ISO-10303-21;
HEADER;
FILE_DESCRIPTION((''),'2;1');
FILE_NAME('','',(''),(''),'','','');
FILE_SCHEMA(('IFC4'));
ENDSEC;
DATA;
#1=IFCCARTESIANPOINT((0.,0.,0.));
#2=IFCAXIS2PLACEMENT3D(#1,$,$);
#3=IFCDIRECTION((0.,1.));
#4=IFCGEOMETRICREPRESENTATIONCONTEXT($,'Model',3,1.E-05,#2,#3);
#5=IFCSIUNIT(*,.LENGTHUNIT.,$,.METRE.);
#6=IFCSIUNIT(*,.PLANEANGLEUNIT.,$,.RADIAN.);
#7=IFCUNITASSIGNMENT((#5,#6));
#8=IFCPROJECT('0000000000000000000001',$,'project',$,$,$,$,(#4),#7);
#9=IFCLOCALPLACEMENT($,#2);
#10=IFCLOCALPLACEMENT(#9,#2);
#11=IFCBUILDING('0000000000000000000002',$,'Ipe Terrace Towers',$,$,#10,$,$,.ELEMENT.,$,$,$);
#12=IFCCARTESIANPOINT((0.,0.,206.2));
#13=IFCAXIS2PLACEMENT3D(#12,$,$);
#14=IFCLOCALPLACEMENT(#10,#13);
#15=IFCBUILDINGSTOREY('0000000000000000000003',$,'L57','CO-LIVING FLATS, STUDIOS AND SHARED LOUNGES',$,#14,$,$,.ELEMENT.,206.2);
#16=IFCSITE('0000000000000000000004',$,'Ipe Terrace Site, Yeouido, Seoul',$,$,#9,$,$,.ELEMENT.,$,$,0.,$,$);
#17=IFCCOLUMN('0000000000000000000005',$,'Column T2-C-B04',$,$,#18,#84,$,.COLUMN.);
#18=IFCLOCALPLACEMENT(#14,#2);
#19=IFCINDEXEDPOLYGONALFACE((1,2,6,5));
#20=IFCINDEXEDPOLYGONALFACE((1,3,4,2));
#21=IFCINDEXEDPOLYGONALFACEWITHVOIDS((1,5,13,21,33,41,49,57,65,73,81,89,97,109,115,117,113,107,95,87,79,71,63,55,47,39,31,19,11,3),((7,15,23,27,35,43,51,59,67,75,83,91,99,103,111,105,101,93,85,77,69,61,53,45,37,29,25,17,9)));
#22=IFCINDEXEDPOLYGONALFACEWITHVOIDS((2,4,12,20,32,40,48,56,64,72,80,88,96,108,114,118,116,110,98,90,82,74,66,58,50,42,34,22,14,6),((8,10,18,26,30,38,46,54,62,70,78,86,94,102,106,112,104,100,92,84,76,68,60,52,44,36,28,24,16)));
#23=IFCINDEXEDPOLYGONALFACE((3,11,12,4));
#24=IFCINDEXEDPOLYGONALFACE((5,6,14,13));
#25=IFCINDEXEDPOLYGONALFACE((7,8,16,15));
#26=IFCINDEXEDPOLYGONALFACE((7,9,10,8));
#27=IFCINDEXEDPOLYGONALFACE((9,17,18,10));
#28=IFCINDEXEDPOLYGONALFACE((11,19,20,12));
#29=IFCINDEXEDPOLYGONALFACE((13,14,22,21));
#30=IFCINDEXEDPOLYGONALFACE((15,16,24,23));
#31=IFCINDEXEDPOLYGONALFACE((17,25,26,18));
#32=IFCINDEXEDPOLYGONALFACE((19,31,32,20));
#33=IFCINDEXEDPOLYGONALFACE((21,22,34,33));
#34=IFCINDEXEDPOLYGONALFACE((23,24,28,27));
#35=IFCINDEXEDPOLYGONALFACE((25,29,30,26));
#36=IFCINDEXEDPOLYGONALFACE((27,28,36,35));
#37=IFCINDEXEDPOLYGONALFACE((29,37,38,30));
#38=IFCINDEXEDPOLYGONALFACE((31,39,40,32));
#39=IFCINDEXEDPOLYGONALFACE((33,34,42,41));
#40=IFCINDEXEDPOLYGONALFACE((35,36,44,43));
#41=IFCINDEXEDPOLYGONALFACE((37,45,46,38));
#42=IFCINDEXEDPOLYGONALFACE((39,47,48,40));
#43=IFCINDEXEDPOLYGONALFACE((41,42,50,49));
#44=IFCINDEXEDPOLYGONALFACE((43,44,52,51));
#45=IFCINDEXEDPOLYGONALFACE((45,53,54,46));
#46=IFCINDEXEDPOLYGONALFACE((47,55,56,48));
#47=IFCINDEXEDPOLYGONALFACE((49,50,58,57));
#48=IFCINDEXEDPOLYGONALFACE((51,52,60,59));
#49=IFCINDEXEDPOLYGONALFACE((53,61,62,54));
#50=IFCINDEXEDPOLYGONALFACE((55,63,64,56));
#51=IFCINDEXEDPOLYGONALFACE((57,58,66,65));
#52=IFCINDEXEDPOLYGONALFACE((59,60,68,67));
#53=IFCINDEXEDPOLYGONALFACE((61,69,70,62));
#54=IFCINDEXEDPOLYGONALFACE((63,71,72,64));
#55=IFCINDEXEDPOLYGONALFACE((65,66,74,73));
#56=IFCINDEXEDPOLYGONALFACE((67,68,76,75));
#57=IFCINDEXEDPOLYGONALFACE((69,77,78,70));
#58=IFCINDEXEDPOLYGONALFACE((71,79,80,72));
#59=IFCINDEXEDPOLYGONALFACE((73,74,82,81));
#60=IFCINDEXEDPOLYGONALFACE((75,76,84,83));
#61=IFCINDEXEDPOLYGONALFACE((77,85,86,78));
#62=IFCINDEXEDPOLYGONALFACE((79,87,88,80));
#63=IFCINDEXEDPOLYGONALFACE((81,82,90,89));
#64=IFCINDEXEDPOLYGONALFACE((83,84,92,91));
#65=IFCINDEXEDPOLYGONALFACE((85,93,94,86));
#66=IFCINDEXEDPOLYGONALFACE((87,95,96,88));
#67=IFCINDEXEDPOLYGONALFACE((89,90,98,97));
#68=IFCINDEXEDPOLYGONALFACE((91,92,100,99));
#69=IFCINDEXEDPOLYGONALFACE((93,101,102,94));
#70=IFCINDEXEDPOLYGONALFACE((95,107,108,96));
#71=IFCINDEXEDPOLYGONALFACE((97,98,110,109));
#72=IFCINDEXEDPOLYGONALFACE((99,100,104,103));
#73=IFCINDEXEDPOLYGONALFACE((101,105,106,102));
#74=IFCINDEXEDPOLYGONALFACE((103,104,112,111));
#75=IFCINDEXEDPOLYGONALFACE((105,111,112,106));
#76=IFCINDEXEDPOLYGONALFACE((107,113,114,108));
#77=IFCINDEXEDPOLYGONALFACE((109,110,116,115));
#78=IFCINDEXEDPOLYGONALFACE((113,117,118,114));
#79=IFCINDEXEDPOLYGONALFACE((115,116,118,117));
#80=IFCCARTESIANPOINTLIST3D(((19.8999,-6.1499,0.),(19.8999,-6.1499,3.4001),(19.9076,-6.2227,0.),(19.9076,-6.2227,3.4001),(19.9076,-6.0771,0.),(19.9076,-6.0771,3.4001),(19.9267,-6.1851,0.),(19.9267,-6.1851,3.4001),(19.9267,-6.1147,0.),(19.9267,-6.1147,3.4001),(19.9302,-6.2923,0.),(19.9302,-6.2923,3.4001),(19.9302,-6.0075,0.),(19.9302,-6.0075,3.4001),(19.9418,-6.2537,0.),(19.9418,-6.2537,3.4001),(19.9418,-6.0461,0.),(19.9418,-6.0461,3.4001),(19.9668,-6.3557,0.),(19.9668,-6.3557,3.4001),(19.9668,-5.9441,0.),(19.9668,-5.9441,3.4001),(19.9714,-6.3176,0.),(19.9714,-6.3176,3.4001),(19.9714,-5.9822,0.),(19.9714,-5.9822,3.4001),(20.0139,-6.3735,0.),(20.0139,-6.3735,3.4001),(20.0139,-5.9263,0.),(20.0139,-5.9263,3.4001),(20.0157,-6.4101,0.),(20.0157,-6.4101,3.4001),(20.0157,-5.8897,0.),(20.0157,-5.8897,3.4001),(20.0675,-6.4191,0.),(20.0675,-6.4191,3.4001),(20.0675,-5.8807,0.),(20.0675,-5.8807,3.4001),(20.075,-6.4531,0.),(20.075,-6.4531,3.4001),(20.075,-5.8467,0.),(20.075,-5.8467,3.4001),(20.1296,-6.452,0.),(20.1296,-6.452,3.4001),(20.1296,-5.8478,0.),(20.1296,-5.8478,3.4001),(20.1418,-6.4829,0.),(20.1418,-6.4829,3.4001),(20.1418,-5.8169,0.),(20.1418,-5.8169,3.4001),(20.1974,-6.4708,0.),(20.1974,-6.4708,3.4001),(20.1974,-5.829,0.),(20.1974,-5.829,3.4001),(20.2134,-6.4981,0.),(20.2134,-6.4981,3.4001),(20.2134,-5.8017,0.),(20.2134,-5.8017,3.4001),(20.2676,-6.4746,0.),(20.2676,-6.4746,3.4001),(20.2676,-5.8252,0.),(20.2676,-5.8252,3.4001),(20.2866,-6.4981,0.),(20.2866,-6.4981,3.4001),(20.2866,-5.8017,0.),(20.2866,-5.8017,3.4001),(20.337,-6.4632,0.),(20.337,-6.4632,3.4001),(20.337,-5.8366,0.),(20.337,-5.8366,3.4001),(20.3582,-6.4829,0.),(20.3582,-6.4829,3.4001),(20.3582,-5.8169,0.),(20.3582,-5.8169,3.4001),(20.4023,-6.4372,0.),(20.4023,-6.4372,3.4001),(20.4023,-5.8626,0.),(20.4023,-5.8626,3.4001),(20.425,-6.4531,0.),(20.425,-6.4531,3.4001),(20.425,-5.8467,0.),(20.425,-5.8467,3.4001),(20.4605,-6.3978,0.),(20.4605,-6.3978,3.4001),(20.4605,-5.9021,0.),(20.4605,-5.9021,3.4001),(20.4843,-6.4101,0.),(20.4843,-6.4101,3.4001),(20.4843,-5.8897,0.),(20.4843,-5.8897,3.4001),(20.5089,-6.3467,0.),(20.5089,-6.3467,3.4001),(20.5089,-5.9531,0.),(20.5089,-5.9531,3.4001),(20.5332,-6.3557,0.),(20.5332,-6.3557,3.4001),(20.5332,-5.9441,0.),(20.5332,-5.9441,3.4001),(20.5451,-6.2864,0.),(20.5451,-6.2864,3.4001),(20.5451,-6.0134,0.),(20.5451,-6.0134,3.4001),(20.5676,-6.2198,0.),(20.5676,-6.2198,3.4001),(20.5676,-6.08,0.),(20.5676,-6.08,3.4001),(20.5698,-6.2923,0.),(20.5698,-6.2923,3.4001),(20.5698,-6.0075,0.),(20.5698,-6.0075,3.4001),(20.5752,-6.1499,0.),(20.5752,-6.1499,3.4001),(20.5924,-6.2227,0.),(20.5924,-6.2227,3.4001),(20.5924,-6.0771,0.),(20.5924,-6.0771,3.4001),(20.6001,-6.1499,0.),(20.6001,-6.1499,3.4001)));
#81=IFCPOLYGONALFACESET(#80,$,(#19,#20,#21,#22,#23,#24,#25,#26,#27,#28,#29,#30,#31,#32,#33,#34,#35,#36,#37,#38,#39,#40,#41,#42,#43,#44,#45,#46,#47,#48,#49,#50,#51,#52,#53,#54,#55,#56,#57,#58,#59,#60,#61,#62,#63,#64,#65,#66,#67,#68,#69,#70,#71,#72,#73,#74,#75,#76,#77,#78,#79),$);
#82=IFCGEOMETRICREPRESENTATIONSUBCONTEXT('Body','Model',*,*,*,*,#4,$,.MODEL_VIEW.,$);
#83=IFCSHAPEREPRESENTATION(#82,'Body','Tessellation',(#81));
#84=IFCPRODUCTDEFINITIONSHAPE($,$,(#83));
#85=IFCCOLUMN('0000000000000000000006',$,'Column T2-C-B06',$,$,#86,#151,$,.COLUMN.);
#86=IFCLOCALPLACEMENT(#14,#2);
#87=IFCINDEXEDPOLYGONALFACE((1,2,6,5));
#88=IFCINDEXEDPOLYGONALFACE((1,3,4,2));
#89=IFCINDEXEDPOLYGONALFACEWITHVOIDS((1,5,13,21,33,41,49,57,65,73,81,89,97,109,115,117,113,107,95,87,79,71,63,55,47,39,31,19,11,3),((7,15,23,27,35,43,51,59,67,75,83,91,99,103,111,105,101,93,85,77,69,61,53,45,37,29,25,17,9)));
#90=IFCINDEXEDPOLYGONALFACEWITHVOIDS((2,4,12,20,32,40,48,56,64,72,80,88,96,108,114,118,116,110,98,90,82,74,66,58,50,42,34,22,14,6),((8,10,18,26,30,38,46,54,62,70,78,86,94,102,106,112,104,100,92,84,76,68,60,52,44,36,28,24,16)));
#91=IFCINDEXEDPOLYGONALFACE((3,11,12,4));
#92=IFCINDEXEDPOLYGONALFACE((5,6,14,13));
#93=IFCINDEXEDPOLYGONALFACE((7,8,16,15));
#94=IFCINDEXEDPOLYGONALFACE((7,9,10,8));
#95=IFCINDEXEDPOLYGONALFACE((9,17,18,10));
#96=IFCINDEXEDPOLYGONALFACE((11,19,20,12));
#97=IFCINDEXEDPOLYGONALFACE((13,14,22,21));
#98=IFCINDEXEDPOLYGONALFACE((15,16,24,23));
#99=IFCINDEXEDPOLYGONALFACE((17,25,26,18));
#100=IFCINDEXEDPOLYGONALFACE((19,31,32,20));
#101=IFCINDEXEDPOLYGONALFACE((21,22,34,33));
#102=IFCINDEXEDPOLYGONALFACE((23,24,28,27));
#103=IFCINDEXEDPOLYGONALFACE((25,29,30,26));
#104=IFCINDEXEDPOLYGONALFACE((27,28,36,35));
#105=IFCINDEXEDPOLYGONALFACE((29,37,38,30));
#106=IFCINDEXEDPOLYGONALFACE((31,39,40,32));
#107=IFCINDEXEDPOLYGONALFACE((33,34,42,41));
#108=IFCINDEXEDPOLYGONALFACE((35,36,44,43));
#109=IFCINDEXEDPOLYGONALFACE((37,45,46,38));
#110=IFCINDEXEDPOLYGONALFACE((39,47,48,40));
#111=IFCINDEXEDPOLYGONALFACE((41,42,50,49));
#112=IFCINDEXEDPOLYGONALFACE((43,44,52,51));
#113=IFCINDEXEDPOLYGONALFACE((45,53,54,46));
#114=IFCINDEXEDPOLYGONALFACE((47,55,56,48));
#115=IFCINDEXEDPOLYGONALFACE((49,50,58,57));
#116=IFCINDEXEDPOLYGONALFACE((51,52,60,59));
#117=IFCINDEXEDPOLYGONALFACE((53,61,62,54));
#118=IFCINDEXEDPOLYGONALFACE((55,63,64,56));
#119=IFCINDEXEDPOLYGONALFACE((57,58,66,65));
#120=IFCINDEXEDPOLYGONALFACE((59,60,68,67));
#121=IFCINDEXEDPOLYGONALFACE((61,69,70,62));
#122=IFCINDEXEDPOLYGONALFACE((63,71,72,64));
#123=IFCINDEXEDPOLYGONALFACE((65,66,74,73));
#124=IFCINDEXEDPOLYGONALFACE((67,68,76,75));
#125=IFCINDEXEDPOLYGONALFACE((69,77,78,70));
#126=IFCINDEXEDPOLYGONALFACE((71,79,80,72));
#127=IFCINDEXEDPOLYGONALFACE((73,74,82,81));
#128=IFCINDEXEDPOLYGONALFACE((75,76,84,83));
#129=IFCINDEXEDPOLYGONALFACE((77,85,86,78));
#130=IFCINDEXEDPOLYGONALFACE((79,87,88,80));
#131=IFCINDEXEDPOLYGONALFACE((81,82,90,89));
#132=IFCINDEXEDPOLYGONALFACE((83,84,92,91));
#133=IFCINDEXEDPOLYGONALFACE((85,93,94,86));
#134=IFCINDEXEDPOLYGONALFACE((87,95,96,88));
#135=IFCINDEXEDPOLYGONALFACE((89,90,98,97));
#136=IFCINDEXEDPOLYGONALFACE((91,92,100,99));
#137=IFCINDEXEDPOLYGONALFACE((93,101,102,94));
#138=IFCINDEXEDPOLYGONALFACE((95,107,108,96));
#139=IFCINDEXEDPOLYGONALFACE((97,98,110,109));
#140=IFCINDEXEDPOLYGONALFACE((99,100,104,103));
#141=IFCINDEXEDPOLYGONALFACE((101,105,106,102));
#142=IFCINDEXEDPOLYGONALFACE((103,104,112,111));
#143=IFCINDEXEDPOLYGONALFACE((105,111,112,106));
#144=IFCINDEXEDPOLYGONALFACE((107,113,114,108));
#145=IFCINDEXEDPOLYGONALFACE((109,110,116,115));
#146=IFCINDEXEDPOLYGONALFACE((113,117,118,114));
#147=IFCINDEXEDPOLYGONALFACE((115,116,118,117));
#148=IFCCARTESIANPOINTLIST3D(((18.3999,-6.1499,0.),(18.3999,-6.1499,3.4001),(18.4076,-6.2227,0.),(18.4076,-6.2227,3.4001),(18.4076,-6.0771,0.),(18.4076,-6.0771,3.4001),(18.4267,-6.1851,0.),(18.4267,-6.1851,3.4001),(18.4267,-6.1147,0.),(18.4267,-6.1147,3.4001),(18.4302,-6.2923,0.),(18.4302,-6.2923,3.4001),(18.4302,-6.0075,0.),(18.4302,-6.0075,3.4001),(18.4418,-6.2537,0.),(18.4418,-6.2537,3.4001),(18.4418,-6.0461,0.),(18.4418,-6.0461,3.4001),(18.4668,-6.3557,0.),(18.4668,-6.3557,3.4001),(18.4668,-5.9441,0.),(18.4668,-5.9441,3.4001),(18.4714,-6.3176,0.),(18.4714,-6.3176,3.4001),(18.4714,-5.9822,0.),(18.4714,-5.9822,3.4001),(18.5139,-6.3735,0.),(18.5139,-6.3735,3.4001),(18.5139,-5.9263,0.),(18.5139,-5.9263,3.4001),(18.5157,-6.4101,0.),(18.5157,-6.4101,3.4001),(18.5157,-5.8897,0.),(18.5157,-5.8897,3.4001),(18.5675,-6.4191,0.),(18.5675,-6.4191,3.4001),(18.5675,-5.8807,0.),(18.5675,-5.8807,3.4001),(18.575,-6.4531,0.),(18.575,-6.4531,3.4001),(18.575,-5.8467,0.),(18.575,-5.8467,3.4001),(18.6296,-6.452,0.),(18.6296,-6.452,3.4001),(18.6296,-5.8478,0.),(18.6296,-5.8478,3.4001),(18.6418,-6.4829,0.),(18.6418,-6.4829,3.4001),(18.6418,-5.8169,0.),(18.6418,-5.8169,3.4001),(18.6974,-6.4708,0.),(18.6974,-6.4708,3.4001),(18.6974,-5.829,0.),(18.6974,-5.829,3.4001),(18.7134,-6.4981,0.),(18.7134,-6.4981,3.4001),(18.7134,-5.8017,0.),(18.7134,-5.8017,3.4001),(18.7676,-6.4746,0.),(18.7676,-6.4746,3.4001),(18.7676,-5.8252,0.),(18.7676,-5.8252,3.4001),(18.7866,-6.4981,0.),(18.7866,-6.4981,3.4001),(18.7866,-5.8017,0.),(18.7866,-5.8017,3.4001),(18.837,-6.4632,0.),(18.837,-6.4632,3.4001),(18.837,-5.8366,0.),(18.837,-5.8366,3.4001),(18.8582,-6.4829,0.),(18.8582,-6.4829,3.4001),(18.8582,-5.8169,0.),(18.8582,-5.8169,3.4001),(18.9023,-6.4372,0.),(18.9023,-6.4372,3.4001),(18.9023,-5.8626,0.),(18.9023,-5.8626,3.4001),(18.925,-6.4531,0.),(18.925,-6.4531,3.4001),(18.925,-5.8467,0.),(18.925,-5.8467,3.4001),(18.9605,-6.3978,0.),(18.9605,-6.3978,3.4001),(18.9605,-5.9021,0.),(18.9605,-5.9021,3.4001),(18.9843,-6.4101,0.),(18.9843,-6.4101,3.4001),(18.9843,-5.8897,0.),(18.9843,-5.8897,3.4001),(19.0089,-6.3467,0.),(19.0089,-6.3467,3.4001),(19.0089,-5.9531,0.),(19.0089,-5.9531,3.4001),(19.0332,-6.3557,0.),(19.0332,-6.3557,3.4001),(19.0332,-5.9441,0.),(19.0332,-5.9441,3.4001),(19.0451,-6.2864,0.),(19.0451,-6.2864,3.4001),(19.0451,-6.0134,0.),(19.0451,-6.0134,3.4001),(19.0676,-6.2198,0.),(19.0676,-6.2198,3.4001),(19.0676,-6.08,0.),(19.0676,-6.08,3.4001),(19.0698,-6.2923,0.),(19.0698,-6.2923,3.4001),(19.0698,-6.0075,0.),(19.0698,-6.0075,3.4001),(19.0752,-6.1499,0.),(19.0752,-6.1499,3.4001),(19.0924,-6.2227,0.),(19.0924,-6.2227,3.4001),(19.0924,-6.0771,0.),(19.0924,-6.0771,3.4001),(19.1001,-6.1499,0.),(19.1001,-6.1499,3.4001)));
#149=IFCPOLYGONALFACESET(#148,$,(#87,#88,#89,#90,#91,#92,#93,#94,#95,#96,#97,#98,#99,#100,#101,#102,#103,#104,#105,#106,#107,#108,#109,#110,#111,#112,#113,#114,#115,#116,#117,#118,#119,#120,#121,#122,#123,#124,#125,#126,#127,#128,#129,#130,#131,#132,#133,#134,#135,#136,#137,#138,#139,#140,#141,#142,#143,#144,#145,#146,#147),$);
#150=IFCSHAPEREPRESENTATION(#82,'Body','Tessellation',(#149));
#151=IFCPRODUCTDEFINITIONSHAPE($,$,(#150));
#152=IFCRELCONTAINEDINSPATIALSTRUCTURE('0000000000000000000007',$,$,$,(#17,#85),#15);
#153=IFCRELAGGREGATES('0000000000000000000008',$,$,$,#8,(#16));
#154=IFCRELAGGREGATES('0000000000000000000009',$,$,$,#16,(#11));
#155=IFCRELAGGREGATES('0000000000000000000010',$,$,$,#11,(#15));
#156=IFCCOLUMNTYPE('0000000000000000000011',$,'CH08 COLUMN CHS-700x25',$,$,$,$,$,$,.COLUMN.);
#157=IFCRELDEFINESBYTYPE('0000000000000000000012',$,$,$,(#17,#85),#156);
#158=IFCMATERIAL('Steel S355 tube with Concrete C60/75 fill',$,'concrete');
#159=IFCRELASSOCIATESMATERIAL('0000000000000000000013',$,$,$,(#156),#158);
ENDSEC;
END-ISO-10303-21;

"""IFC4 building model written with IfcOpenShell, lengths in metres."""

from ifc_helpers import new_model, si_unit, direction, frame, origin, origin_2d, place, context, subcontext, project, spatial, hollow_circle, extrude, material, material_profile, profile_set, type_object, element, save


model = new_model("IFC4")

# Units and contexts
model_context = context("Model", 3, precision=1e-05, world=origin(), true_north=direction((0.0, 1.0)))
body_context = subcontext(model_context, "Body", "Model", "MODEL_VIEW")
ifc_project = project(units=[si_unit("LENGTHUNIT", "METRE"), si_unit("PLANEANGLEUNIT", "RADIAN")], contexts=[model_context])

# Site, building, storey
site_placement = place(None, origin())
site = spatial("IfcSite", under=ifc_project, at=site_placement, Name="Ipe Terrace Site, Yeouido, Seoul", CompositionType="ELEMENT", RefElevation=0.0)
building_placement = place(site_placement, origin())
building = spatial("IfcBuilding", under=site, at=building_placement, Name="Ipe Terrace Towers", CompositionType="ELEMENT")
storey_placement = place(building_placement, frame((0.0, 0.0, 206.2)))
storey = spatial("IfcBuildingStorey", under=building, at=storey_placement, Name="L57", Description="CO-LIVING FLATS, STUDIOS AND SHARED LOUNGES", CompositionType="ELEMENT", Elevation=206.2)

# Columns
ifc_material_1 = material(Name="Steel S355 tube with Concrete C60/75 fill", Category="concrete")
ifc_material_profile_1 = material_profile(ifc_material_1, hollow_circle(Radius=0.3501, WallThickness=0.0249, at=origin_2d()), Name="CHS-700x25")
ifc_profile_set_1 = profile_set([ifc_material_profile_1], Name="Steel S355 tube with Concrete C60/75 fill")
column_type = type_object("IfcColumnType", Name="CH08 COLUMN CHS-700x25", PredefinedType="COLUMN", material=ifc_profile_set_1)
for number, where, z_axis, x_axis, name in (
    (1, (20.25, -6.1499, 0.0), (0.0, 0.0, 1.0), (1.0, 0.0, 0.0), "Column T2-C-B04"),
    (2, (18.75, -6.1499, 0.0), (0.0, 0.0, 1.0), (1.0, 0.0, 0.0), "Column T2-C-B06"),
):
    element("IfcColumn", number, at=place(storey_placement, frame(where, z_axis=z_axis, x_axis=x_axis)), inside=storey, type_object=column_type, Name=name, PredefinedType="COLUMN", context=body_context, shape_type="SweptSolid", body=[
        extrude(hollow_circle(Radius=0.3501, WallThickness=0.0249, at=origin_2d()), origin(), (0.0, 0.0, 1.0), 3.4001),
    ])

save(model, "model.ifc")
